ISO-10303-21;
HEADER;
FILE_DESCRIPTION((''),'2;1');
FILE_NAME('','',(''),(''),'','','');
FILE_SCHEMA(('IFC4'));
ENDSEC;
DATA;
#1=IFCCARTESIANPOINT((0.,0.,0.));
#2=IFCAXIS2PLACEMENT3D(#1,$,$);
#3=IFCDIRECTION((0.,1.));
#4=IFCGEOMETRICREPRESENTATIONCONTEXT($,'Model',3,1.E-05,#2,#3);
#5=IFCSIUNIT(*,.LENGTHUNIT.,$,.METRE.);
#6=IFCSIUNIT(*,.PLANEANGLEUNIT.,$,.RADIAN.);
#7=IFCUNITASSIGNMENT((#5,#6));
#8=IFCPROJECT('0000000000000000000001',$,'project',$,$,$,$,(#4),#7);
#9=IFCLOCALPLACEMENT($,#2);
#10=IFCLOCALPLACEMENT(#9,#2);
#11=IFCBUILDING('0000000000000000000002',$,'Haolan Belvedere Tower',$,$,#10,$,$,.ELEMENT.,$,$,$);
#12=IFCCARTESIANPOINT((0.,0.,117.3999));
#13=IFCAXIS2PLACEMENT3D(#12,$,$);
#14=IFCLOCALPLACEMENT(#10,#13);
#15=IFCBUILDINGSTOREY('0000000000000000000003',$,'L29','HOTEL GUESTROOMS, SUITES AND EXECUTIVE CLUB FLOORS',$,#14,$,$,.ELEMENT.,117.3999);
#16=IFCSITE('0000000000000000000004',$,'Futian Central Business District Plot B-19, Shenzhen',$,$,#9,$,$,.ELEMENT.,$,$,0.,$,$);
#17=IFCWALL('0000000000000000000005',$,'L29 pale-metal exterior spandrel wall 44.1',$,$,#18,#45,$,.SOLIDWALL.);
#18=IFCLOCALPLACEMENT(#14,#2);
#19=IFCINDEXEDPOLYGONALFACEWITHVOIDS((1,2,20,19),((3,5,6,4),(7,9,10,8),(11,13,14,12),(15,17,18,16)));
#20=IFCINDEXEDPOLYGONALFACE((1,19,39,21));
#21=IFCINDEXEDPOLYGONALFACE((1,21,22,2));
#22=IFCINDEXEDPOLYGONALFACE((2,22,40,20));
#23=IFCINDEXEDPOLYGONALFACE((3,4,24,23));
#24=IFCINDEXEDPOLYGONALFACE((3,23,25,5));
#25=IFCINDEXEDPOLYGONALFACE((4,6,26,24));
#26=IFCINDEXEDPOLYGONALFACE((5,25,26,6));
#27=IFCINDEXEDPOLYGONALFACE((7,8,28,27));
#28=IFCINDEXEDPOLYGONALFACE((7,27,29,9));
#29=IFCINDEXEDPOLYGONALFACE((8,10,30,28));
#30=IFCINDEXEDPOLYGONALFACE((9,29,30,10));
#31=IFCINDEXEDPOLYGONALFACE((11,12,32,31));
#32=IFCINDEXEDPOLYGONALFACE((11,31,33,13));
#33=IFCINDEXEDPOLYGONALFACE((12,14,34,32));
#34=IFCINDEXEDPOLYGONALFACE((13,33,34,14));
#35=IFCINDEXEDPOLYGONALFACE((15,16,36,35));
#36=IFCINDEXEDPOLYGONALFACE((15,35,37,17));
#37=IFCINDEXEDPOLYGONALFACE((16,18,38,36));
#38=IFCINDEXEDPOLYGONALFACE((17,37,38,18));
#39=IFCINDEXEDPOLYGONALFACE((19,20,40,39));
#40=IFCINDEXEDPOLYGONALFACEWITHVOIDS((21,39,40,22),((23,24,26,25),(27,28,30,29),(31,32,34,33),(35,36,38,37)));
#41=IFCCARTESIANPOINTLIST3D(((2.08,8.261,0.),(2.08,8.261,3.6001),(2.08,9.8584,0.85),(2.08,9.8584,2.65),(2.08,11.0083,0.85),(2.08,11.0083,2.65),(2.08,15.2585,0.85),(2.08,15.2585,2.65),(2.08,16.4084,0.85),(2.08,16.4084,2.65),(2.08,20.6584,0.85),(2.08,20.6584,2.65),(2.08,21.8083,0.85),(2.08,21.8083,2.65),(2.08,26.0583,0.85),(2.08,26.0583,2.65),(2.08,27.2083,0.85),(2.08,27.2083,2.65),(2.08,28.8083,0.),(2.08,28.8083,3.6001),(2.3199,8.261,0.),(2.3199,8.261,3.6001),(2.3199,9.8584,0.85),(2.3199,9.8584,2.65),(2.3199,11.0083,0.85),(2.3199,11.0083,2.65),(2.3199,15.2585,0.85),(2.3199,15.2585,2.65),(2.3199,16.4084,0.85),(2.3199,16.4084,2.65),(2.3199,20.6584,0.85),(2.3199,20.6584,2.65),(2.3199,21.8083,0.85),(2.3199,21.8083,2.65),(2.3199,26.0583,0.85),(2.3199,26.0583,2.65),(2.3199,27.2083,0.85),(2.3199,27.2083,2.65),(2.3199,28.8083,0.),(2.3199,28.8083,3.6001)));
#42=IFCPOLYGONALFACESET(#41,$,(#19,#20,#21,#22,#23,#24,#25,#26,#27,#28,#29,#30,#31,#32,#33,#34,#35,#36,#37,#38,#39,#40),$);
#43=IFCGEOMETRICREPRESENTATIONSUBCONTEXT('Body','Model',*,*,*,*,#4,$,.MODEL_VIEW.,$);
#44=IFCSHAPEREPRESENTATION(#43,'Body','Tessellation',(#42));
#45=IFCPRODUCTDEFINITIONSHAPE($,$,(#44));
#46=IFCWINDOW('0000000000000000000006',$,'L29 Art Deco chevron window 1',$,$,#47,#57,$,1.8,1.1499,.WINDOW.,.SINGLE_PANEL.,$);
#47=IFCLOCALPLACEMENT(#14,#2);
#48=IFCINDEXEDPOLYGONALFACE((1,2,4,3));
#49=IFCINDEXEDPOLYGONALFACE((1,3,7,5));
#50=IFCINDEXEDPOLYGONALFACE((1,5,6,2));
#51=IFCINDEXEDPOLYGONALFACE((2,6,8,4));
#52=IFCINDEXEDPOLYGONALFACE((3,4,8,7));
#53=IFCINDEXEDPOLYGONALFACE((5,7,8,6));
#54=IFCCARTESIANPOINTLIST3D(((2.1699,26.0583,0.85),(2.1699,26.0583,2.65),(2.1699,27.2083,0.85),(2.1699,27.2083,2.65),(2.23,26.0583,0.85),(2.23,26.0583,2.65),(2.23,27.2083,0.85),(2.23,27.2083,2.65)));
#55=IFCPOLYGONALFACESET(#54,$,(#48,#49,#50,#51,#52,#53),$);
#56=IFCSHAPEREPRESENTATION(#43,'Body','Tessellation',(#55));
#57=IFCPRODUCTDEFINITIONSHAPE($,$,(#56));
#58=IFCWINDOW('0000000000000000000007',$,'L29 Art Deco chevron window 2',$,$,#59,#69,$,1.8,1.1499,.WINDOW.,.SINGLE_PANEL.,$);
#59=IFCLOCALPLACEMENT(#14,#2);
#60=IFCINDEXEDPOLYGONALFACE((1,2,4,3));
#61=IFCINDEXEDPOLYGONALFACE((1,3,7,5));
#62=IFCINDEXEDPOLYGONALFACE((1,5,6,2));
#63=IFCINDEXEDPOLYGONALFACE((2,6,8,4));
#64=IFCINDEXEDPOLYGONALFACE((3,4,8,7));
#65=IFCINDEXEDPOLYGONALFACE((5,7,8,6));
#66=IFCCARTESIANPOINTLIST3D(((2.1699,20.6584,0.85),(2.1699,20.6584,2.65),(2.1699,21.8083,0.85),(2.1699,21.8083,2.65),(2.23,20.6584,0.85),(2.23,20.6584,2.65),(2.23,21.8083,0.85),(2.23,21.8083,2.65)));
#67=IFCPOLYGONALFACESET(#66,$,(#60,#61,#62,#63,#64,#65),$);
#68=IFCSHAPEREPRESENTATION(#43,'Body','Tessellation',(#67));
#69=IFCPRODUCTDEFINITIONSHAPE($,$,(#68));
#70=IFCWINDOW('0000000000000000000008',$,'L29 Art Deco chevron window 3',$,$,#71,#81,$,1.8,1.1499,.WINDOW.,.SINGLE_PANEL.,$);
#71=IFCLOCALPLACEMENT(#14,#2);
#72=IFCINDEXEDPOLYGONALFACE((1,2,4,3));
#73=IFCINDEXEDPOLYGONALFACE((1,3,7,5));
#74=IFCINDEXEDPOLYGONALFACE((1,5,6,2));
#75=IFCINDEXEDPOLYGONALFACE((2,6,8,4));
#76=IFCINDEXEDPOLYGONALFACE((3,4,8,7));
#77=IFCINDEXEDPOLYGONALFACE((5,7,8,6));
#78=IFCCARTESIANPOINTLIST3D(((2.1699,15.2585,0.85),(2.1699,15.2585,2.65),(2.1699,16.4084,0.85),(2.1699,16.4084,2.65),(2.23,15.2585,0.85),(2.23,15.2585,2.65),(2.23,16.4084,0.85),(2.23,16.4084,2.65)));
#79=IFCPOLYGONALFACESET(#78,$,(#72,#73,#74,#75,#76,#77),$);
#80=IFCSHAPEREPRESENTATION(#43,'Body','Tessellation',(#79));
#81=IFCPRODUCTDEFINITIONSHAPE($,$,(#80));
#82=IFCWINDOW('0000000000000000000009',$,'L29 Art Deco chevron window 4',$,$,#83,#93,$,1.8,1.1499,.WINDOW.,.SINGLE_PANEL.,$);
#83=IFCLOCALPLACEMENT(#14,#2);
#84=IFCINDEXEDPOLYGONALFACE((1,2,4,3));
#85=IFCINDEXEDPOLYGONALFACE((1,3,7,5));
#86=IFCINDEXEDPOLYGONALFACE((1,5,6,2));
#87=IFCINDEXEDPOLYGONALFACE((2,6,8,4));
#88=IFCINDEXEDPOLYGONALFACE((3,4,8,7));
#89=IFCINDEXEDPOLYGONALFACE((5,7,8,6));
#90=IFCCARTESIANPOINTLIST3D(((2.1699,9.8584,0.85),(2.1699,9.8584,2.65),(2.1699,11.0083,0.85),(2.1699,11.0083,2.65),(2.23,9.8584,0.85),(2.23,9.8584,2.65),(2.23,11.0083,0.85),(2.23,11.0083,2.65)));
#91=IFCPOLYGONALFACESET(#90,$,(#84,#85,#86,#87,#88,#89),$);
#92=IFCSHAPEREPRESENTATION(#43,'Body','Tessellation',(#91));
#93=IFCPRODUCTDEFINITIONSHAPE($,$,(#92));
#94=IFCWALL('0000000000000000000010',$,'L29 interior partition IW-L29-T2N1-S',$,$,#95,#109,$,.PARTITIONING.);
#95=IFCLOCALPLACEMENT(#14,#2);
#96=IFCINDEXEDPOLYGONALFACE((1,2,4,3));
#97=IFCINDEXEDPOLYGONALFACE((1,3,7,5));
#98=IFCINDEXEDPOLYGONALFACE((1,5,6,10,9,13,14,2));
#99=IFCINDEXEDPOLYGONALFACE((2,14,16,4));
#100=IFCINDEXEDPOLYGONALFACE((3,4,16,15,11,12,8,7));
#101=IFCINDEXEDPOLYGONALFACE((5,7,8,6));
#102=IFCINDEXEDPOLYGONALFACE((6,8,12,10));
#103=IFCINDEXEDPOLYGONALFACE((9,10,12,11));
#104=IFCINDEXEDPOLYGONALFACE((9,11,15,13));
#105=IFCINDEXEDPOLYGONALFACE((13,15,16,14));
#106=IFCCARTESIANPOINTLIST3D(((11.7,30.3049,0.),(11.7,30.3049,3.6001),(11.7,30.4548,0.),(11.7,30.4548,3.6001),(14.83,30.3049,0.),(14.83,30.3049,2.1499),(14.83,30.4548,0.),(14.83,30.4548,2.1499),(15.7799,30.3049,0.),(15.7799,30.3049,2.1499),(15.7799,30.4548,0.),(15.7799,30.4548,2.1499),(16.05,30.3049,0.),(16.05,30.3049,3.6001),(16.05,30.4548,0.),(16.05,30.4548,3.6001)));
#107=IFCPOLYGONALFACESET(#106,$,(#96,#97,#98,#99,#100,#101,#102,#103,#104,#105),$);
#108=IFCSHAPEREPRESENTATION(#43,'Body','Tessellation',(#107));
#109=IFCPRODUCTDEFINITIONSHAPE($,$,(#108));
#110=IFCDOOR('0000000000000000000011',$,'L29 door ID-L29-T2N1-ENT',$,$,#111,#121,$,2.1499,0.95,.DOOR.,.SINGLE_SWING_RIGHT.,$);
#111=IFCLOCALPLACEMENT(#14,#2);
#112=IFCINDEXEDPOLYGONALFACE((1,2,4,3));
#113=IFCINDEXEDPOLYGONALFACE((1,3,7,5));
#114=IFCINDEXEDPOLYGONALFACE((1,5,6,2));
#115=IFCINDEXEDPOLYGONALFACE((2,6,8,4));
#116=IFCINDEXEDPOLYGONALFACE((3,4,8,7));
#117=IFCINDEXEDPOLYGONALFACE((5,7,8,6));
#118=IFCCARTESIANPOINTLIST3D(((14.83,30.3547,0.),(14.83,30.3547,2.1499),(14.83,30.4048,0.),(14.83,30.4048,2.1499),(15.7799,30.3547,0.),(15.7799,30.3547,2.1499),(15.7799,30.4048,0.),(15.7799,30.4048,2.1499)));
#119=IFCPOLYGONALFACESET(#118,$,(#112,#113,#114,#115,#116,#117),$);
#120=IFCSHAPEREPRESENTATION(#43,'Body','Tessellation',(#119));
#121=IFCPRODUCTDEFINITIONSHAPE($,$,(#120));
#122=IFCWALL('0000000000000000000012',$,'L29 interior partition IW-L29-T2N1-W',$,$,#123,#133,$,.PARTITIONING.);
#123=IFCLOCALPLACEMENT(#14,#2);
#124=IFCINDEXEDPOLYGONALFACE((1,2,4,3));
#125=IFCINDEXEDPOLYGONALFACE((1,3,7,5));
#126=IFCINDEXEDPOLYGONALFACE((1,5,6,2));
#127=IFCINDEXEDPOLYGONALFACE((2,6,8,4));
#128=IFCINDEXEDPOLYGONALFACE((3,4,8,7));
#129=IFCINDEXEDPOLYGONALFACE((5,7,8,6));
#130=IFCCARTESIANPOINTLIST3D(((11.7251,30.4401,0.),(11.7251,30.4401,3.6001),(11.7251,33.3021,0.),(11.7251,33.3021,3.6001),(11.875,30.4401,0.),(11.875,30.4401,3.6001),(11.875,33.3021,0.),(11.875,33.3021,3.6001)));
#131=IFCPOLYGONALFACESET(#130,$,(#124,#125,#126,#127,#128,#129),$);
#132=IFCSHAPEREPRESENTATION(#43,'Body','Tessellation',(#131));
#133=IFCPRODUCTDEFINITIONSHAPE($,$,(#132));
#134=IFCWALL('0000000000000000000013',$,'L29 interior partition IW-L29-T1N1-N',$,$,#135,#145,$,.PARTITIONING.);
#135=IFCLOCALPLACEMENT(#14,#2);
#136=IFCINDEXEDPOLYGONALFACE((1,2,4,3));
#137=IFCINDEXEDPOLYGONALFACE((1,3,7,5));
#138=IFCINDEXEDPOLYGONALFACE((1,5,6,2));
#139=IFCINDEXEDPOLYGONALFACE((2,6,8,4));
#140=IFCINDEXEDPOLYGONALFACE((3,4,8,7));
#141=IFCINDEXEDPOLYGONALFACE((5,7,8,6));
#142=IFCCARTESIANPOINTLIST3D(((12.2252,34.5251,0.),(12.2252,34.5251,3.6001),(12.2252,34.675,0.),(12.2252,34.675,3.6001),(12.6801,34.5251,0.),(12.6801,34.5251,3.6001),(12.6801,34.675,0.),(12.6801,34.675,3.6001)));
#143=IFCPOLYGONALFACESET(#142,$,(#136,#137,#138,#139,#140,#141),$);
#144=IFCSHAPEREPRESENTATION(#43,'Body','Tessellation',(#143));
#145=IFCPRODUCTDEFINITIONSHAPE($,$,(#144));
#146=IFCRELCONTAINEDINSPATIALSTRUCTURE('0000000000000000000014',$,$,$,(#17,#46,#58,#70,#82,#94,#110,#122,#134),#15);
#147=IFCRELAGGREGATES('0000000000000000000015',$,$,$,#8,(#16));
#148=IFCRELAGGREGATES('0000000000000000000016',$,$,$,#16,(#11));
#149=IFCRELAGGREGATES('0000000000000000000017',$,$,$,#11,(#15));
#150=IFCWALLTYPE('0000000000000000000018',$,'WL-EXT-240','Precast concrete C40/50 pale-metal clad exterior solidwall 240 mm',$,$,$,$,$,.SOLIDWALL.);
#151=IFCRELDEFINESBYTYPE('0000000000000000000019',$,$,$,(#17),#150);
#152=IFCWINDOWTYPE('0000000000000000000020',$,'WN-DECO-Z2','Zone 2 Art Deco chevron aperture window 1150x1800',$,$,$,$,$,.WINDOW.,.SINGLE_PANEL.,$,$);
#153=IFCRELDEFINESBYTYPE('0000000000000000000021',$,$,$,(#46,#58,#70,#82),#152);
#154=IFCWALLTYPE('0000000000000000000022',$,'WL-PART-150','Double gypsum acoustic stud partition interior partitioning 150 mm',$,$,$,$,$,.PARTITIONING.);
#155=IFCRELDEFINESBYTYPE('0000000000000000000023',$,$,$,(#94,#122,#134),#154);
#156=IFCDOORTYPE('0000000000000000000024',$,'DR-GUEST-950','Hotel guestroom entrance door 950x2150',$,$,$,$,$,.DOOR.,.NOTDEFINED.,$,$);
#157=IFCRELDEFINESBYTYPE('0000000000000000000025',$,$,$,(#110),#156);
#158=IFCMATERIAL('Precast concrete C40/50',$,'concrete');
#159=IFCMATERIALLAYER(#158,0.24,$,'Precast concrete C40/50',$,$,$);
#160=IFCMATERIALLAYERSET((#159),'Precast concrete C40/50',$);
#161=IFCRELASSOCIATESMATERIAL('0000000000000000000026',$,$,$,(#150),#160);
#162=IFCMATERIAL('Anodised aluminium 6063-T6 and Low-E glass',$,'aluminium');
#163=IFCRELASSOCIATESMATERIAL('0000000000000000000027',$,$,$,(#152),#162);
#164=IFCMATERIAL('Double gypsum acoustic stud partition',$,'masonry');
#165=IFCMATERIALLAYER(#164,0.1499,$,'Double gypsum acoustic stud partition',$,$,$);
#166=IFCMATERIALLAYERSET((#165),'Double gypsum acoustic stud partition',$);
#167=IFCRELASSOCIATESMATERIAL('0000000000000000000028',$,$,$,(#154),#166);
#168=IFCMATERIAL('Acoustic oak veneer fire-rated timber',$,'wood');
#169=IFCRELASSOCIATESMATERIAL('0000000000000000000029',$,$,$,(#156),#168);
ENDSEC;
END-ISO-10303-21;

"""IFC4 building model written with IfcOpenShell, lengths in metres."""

from ifc_helpers import new_model, si_unit, direction, frame, frame_2d, origin, place, context, subcontext, project, spatial, rectangle, extrude, material, layer, layer_set, type_object, element, fill, save


model = new_model("IFC4")

# Units and contexts
model_context = context("Model", 3, precision=1e-05, world=origin(), true_north=direction((0.0, 1.0)))
body_context = subcontext(model_context, "Body", "Model", "MODEL_VIEW")
ifc_project = project(units=[si_unit("LENGTHUNIT", "METRE"), si_unit("PLANEANGLEUNIT", "RADIAN")], contexts=[model_context])

# Site, building, storey
site_placement = place(None, origin())
site = spatial("IfcSite", under=ifc_project, at=site_placement, Name="Futian Central Business District Plot B-19, Shenzhen", CompositionType="ELEMENT", RefElevation=0.0)
building_placement = place(site_placement, origin())
building = spatial("IfcBuilding", under=site, at=building_placement, Name="Haolan Belvedere Tower", CompositionType="ELEMENT")
storey_placement = place(building_placement, frame((0.0, 0.0, 117.3999)))
storey = spatial("IfcBuildingStorey", under=building, at=storey_placement, Name="L29", Description="HOTEL GUESTROOMS, SUITES AND EXECUTIVE CLUB FLOORS", CompositionType="ELEMENT", Elevation=117.3999)

# Shared definitions
ifc_material_1 = material(Name="Precast concrete C40/50", Category="concrete")
ifc_layer_1 = layer(ifc_material_1, 0.24, Name="Precast concrete C40/50")
ifc_layer_set_1 = layer_set([ifc_layer_1], Name="Precast concrete C40/50")
wall_type_1 = type_object("IfcWallType", Name="WL-EXT-240", Description="Precast concrete C40/50 pale-metal clad exterior solidwall 240 mm", PredefinedType="SOLIDWALL", material=ifc_layer_set_1)

# Shared definitions
ifc_material_2 = material(Name="Anodised aluminium 6063-T6 and Low-E glass", Category="aluminium")
window_type = type_object("IfcWindowType", Name="WN-DECO-Z2", Description="Zone 2 Art Deco chevron aperture window 1150x1800", PartitioningType="SINGLE_PANEL", PredefinedType="WINDOW", material=ifc_material_2)

# Wall, openings, windows
wall_1_placement = place(storey_placement, frame((2.2, 28.8083, 0.0), z_axis=(0.0, 0.0, 1.0), x_axis=(0.0, -1.0, 0.0)))
wall_1 = element("IfcWall", 1, at=wall_1_placement, inside=storey, type_object=wall_type_1, Name="L29 pale-metal exterior spandrel wall 44.1", PredefinedType="SOLIDWALL", context=body_context, shape_type="SweptSolid", body=[
    extrude(rectangle(XDim=20.5474, YDim=0.24, at=frame_2d((10.2737, 0.0))), origin(), (0.0, 0.0, 1.0), 3.6001),
])
opening_1_placement = place(wall_1_placement, frame((1.6001, 0.0, 0.8501)))
opening_1 = element("IfcOpeningElement", 2, at=opening_1_placement, cuts=wall_1, PredefinedType="OPENING", context=body_context, shape_type="SweptSolid", body=[
    extrude(rectangle(XDim=1.1499, YDim=1.8, at=frame_2d((0.575, 0.8999))), frame((0.0, 0.1299, 0.0), z_axis=(0.0, -1.0, 0.0), x_axis=(1.0, 0.0, 0.0)), (0.0, 0.0, 1.0), 0.26),
])
opening_2_placement = place(wall_1_placement, frame((7.0, 0.0, 0.8501)))
opening_2 = element("IfcOpeningElement", 3, at=opening_2_placement, cuts=wall_1, PredefinedType="OPENING", context=body_context, shape_type="SweptSolid", body=[
    extrude(rectangle(XDim=1.1499, YDim=1.8, at=frame_2d((0.575, 0.8999))), frame((0.0, 0.1299, 0.0), z_axis=(0.0, -1.0, 0.0), x_axis=(1.0, 0.0, 0.0)), (0.0, 0.0, 1.0), 0.26),
])
opening_3_placement = place(wall_1_placement, frame((12.3999, 0.0, 0.8501)))
opening_3 = element("IfcOpeningElement", 4, at=opening_3_placement, cuts=wall_1, PredefinedType="OPENING", context=body_context, shape_type="SweptSolid", body=[
    extrude(rectangle(XDim=1.1499, YDim=1.8, at=frame_2d((0.575, 0.8999))), frame((0.0, 0.1299, 0.0), z_axis=(0.0, -1.0, 0.0), x_axis=(1.0, 0.0, 0.0)), (0.0, 0.0, 1.0), 0.26),
])
opening_4_placement = place(wall_1_placement, frame((17.8, 0.0, 0.8501)))
opening_4 = element("IfcOpeningElement", 5, at=opening_4_placement, cuts=wall_1, PredefinedType="OPENING", context=body_context, shape_type="SweptSolid", body=[
    extrude(rectangle(XDim=1.1499, YDim=1.8, at=frame_2d((0.575, 0.8999))), frame((0.0, 0.1299, 0.0), z_axis=(0.0, -1.0, 0.0), x_axis=(1.0, 0.0, 0.0)), (0.0, 0.0, 1.0), 0.26),
])
window_1_placement = place(opening_1_placement, origin())
window_1 = element("IfcWindow", 6, at=window_1_placement, inside=storey, type_object=window_type, Name="L29 Art Deco chevron window 1", OverallHeight=1.8, OverallWidth=1.1499, PartitioningType="SINGLE_PANEL", PredefinedType="WINDOW", context=body_context, shape_type="SweptSolid", body=[
    extrude(rectangle(XDim=1.1499, YDim=1.8, at=frame_2d((0.575, 0.8999))), frame((0.0, 0.03, 0.0), z_axis=(0.0, -1.0, 0.0), x_axis=(1.0, 0.0, 0.0)), (0.0, 0.0, 1.0), 0.0601),
])
fill(opening_1, window_1)
window_2_placement = place(opening_2_placement, origin())
window_2 = element("IfcWindow", 7, at=window_2_placement, inside=storey, type_object=window_type, Name="L29 Art Deco chevron window 2", OverallHeight=1.8, OverallWidth=1.1499, PartitioningType="SINGLE_PANEL", PredefinedType="WINDOW", context=body_context, shape_type="SweptSolid", body=[
    extrude(rectangle(XDim=1.1499, YDim=1.8, at=frame_2d((0.575, 0.8999))), frame((0.0, 0.03, 0.0), z_axis=(0.0, -1.0, 0.0), x_axis=(1.0, 0.0, 0.0)), (0.0, 0.0, 1.0), 0.0601),
])
fill(opening_2, window_2)
window_3_placement = place(opening_3_placement, origin())
window_3 = element("IfcWindow", 8, at=window_3_placement, inside=storey, type_object=window_type, Name="L29 Art Deco chevron window 3", OverallHeight=1.8, OverallWidth=1.1499, PartitioningType="SINGLE_PANEL", PredefinedType="WINDOW", context=body_context, shape_type="SweptSolid", body=[
    extrude(rectangle(XDim=1.1499, YDim=1.8, at=frame_2d((0.575, 0.8999))), frame((0.0, 0.03, 0.0), z_axis=(0.0, -1.0, 0.0), x_axis=(1.0, 0.0, 0.0)), (0.0, 0.0, 1.0), 0.0601),
])
fill(opening_3, window_3)
window_4_placement = place(opening_4_placement, origin())
window_4 = element("IfcWindow", 9, at=window_4_placement, inside=storey, type_object=window_type, Name="L29 Art Deco chevron window 4", OverallHeight=1.8, OverallWidth=1.1499, PartitioningType="SINGLE_PANEL", PredefinedType="WINDOW", context=body_context, shape_type="SweptSolid", body=[
    extrude(rectangle(XDim=1.1499, YDim=1.8, at=frame_2d((0.575, 0.8999))), frame((0.0, 0.03, 0.0), z_axis=(0.0, -1.0, 0.0), x_axis=(1.0, 0.0, 0.0)), (0.0, 0.0, 1.0), 0.0601),
])
fill(opening_4, window_4)

# Wall, opening, door
ifc_material_3 = material(Name="Double gypsum acoustic stud partition", Category="masonry")
ifc_layer_2 = layer(ifc_material_3, 0.1499, Name="Double gypsum acoustic stud partition")
ifc_layer_set_2 = layer_set([ifc_layer_2], Name="Double gypsum acoustic stud partition")
wall_type_2 = type_object("IfcWallType", Name="WL-PART-150", Description="Double gypsum acoustic stud partition interior partitioning 150 mm", PredefinedType="PARTITIONING", material=ifc_layer_set_2)
wall_2_placement = place(storey_placement, frame((11.7, 30.3799, 0.0), z_axis=(0.0, 0.0, 1.0), x_axis=(1.0, 0.0, 0.0)))
wall_2 = element("IfcWall", 10, at=wall_2_placement, inside=storey, type_object=wall_type_2, Name="L29 interior partition IW-L29-T2N1-S", PredefinedType="PARTITIONING", context=body_context, shape_type="SweptSolid", body=[
    extrude(rectangle(XDim=4.3501, YDim=0.1499, at=frame_2d((2.175, 0.0))), origin(), (0.0, 0.0, 1.0), 3.6001),
])
opening_5_placement = place(wall_2_placement, frame((3.1299, 0.0, 0.0)))
opening_5 = element("IfcOpeningElement", 11, at=opening_5_placement, cuts=wall_2, PredefinedType="OPENING", context=body_context, shape_type="SweptSolid", body=[
    extrude(rectangle(XDim=0.95, YDim=2.1499, at=frame_2d((0.4751, 1.075))), frame((0.0, 0.085, 0.0), z_axis=(0.0, -1.0, 0.0), x_axis=(1.0, 0.0, 0.0)), (0.0, 0.0, 1.0), 0.1699),
])
ifc_material_4 = material(Name="Acoustic oak veneer fire-rated timber", Category="wood")
door_type_1 = type_object("IfcDoorType", Name="DR-GUEST-950", Description="Hotel guestroom entrance door 950x2150", OperationType="NOTDEFINED", PredefinedType="DOOR", material=ifc_material_4)
door_1_placement = place(opening_5_placement, origin())
door_1 = element("IfcDoor", 12, at=door_1_placement, inside=storey, type_object=door_type_1, Name="L29 door ID-L29-T2N1-ENT", OperationType="SINGLE_SWING_RIGHT", OverallHeight=2.1499, OverallWidth=0.95, PredefinedType="DOOR", context=body_context, shape_type="SweptSolid", body=[
    extrude(rectangle(XDim=0.95, YDim=2.1499, at=frame_2d((0.4751, 1.075))), frame((0.0, 0.0249, 0.0), z_axis=(0.0, -1.0, 0.0), x_axis=(1.0, 0.0, 0.0)), (0.0, 0.0, 1.0), 0.05),
])
fill(opening_5, door_1)

# Walls
wall_3_placement = place(storey_placement, frame((11.8, 30.4399, 0.0), z_axis=(0.0, 0.0, 1.0), x_axis=(0.0, 1.0, 0.0)))
element("IfcWall", 13, at=wall_3_placement, inside=storey, type_object=wall_type_2, Name="L29 interior partition IW-L29-T2N1-W", PredefinedType="PARTITIONING", context=body_context, shape_type="SweptSolid", body=[
    extrude(rectangle(XDim=2.8621, YDim=0.1499, at=frame_2d((1.4312, 0.0))), origin(), (0.0, 0.0, 1.0), 3.6001),
])
wall_4_placement = place(storey_placement, frame((12.2251, 34.6001, 0.0), z_axis=(0.0, 0.0, 1.0), x_axis=(1.0, 0.0, 0.0)))
element("IfcWall", 14, at=wall_4_placement, inside=storey, type_object=wall_type_2, Name="L29 interior partition IW-L29-T1N1-N", PredefinedType="PARTITIONING", context=body_context, shape_type="SweptSolid", body=[
    extrude(rectangle(XDim=0.4548, YDim=0.1499, at=frame_2d((0.2275, 0.0))), origin(), (0.0, 0.0, 1.0), 3.6001),
])

save(model, "model.ifc")
